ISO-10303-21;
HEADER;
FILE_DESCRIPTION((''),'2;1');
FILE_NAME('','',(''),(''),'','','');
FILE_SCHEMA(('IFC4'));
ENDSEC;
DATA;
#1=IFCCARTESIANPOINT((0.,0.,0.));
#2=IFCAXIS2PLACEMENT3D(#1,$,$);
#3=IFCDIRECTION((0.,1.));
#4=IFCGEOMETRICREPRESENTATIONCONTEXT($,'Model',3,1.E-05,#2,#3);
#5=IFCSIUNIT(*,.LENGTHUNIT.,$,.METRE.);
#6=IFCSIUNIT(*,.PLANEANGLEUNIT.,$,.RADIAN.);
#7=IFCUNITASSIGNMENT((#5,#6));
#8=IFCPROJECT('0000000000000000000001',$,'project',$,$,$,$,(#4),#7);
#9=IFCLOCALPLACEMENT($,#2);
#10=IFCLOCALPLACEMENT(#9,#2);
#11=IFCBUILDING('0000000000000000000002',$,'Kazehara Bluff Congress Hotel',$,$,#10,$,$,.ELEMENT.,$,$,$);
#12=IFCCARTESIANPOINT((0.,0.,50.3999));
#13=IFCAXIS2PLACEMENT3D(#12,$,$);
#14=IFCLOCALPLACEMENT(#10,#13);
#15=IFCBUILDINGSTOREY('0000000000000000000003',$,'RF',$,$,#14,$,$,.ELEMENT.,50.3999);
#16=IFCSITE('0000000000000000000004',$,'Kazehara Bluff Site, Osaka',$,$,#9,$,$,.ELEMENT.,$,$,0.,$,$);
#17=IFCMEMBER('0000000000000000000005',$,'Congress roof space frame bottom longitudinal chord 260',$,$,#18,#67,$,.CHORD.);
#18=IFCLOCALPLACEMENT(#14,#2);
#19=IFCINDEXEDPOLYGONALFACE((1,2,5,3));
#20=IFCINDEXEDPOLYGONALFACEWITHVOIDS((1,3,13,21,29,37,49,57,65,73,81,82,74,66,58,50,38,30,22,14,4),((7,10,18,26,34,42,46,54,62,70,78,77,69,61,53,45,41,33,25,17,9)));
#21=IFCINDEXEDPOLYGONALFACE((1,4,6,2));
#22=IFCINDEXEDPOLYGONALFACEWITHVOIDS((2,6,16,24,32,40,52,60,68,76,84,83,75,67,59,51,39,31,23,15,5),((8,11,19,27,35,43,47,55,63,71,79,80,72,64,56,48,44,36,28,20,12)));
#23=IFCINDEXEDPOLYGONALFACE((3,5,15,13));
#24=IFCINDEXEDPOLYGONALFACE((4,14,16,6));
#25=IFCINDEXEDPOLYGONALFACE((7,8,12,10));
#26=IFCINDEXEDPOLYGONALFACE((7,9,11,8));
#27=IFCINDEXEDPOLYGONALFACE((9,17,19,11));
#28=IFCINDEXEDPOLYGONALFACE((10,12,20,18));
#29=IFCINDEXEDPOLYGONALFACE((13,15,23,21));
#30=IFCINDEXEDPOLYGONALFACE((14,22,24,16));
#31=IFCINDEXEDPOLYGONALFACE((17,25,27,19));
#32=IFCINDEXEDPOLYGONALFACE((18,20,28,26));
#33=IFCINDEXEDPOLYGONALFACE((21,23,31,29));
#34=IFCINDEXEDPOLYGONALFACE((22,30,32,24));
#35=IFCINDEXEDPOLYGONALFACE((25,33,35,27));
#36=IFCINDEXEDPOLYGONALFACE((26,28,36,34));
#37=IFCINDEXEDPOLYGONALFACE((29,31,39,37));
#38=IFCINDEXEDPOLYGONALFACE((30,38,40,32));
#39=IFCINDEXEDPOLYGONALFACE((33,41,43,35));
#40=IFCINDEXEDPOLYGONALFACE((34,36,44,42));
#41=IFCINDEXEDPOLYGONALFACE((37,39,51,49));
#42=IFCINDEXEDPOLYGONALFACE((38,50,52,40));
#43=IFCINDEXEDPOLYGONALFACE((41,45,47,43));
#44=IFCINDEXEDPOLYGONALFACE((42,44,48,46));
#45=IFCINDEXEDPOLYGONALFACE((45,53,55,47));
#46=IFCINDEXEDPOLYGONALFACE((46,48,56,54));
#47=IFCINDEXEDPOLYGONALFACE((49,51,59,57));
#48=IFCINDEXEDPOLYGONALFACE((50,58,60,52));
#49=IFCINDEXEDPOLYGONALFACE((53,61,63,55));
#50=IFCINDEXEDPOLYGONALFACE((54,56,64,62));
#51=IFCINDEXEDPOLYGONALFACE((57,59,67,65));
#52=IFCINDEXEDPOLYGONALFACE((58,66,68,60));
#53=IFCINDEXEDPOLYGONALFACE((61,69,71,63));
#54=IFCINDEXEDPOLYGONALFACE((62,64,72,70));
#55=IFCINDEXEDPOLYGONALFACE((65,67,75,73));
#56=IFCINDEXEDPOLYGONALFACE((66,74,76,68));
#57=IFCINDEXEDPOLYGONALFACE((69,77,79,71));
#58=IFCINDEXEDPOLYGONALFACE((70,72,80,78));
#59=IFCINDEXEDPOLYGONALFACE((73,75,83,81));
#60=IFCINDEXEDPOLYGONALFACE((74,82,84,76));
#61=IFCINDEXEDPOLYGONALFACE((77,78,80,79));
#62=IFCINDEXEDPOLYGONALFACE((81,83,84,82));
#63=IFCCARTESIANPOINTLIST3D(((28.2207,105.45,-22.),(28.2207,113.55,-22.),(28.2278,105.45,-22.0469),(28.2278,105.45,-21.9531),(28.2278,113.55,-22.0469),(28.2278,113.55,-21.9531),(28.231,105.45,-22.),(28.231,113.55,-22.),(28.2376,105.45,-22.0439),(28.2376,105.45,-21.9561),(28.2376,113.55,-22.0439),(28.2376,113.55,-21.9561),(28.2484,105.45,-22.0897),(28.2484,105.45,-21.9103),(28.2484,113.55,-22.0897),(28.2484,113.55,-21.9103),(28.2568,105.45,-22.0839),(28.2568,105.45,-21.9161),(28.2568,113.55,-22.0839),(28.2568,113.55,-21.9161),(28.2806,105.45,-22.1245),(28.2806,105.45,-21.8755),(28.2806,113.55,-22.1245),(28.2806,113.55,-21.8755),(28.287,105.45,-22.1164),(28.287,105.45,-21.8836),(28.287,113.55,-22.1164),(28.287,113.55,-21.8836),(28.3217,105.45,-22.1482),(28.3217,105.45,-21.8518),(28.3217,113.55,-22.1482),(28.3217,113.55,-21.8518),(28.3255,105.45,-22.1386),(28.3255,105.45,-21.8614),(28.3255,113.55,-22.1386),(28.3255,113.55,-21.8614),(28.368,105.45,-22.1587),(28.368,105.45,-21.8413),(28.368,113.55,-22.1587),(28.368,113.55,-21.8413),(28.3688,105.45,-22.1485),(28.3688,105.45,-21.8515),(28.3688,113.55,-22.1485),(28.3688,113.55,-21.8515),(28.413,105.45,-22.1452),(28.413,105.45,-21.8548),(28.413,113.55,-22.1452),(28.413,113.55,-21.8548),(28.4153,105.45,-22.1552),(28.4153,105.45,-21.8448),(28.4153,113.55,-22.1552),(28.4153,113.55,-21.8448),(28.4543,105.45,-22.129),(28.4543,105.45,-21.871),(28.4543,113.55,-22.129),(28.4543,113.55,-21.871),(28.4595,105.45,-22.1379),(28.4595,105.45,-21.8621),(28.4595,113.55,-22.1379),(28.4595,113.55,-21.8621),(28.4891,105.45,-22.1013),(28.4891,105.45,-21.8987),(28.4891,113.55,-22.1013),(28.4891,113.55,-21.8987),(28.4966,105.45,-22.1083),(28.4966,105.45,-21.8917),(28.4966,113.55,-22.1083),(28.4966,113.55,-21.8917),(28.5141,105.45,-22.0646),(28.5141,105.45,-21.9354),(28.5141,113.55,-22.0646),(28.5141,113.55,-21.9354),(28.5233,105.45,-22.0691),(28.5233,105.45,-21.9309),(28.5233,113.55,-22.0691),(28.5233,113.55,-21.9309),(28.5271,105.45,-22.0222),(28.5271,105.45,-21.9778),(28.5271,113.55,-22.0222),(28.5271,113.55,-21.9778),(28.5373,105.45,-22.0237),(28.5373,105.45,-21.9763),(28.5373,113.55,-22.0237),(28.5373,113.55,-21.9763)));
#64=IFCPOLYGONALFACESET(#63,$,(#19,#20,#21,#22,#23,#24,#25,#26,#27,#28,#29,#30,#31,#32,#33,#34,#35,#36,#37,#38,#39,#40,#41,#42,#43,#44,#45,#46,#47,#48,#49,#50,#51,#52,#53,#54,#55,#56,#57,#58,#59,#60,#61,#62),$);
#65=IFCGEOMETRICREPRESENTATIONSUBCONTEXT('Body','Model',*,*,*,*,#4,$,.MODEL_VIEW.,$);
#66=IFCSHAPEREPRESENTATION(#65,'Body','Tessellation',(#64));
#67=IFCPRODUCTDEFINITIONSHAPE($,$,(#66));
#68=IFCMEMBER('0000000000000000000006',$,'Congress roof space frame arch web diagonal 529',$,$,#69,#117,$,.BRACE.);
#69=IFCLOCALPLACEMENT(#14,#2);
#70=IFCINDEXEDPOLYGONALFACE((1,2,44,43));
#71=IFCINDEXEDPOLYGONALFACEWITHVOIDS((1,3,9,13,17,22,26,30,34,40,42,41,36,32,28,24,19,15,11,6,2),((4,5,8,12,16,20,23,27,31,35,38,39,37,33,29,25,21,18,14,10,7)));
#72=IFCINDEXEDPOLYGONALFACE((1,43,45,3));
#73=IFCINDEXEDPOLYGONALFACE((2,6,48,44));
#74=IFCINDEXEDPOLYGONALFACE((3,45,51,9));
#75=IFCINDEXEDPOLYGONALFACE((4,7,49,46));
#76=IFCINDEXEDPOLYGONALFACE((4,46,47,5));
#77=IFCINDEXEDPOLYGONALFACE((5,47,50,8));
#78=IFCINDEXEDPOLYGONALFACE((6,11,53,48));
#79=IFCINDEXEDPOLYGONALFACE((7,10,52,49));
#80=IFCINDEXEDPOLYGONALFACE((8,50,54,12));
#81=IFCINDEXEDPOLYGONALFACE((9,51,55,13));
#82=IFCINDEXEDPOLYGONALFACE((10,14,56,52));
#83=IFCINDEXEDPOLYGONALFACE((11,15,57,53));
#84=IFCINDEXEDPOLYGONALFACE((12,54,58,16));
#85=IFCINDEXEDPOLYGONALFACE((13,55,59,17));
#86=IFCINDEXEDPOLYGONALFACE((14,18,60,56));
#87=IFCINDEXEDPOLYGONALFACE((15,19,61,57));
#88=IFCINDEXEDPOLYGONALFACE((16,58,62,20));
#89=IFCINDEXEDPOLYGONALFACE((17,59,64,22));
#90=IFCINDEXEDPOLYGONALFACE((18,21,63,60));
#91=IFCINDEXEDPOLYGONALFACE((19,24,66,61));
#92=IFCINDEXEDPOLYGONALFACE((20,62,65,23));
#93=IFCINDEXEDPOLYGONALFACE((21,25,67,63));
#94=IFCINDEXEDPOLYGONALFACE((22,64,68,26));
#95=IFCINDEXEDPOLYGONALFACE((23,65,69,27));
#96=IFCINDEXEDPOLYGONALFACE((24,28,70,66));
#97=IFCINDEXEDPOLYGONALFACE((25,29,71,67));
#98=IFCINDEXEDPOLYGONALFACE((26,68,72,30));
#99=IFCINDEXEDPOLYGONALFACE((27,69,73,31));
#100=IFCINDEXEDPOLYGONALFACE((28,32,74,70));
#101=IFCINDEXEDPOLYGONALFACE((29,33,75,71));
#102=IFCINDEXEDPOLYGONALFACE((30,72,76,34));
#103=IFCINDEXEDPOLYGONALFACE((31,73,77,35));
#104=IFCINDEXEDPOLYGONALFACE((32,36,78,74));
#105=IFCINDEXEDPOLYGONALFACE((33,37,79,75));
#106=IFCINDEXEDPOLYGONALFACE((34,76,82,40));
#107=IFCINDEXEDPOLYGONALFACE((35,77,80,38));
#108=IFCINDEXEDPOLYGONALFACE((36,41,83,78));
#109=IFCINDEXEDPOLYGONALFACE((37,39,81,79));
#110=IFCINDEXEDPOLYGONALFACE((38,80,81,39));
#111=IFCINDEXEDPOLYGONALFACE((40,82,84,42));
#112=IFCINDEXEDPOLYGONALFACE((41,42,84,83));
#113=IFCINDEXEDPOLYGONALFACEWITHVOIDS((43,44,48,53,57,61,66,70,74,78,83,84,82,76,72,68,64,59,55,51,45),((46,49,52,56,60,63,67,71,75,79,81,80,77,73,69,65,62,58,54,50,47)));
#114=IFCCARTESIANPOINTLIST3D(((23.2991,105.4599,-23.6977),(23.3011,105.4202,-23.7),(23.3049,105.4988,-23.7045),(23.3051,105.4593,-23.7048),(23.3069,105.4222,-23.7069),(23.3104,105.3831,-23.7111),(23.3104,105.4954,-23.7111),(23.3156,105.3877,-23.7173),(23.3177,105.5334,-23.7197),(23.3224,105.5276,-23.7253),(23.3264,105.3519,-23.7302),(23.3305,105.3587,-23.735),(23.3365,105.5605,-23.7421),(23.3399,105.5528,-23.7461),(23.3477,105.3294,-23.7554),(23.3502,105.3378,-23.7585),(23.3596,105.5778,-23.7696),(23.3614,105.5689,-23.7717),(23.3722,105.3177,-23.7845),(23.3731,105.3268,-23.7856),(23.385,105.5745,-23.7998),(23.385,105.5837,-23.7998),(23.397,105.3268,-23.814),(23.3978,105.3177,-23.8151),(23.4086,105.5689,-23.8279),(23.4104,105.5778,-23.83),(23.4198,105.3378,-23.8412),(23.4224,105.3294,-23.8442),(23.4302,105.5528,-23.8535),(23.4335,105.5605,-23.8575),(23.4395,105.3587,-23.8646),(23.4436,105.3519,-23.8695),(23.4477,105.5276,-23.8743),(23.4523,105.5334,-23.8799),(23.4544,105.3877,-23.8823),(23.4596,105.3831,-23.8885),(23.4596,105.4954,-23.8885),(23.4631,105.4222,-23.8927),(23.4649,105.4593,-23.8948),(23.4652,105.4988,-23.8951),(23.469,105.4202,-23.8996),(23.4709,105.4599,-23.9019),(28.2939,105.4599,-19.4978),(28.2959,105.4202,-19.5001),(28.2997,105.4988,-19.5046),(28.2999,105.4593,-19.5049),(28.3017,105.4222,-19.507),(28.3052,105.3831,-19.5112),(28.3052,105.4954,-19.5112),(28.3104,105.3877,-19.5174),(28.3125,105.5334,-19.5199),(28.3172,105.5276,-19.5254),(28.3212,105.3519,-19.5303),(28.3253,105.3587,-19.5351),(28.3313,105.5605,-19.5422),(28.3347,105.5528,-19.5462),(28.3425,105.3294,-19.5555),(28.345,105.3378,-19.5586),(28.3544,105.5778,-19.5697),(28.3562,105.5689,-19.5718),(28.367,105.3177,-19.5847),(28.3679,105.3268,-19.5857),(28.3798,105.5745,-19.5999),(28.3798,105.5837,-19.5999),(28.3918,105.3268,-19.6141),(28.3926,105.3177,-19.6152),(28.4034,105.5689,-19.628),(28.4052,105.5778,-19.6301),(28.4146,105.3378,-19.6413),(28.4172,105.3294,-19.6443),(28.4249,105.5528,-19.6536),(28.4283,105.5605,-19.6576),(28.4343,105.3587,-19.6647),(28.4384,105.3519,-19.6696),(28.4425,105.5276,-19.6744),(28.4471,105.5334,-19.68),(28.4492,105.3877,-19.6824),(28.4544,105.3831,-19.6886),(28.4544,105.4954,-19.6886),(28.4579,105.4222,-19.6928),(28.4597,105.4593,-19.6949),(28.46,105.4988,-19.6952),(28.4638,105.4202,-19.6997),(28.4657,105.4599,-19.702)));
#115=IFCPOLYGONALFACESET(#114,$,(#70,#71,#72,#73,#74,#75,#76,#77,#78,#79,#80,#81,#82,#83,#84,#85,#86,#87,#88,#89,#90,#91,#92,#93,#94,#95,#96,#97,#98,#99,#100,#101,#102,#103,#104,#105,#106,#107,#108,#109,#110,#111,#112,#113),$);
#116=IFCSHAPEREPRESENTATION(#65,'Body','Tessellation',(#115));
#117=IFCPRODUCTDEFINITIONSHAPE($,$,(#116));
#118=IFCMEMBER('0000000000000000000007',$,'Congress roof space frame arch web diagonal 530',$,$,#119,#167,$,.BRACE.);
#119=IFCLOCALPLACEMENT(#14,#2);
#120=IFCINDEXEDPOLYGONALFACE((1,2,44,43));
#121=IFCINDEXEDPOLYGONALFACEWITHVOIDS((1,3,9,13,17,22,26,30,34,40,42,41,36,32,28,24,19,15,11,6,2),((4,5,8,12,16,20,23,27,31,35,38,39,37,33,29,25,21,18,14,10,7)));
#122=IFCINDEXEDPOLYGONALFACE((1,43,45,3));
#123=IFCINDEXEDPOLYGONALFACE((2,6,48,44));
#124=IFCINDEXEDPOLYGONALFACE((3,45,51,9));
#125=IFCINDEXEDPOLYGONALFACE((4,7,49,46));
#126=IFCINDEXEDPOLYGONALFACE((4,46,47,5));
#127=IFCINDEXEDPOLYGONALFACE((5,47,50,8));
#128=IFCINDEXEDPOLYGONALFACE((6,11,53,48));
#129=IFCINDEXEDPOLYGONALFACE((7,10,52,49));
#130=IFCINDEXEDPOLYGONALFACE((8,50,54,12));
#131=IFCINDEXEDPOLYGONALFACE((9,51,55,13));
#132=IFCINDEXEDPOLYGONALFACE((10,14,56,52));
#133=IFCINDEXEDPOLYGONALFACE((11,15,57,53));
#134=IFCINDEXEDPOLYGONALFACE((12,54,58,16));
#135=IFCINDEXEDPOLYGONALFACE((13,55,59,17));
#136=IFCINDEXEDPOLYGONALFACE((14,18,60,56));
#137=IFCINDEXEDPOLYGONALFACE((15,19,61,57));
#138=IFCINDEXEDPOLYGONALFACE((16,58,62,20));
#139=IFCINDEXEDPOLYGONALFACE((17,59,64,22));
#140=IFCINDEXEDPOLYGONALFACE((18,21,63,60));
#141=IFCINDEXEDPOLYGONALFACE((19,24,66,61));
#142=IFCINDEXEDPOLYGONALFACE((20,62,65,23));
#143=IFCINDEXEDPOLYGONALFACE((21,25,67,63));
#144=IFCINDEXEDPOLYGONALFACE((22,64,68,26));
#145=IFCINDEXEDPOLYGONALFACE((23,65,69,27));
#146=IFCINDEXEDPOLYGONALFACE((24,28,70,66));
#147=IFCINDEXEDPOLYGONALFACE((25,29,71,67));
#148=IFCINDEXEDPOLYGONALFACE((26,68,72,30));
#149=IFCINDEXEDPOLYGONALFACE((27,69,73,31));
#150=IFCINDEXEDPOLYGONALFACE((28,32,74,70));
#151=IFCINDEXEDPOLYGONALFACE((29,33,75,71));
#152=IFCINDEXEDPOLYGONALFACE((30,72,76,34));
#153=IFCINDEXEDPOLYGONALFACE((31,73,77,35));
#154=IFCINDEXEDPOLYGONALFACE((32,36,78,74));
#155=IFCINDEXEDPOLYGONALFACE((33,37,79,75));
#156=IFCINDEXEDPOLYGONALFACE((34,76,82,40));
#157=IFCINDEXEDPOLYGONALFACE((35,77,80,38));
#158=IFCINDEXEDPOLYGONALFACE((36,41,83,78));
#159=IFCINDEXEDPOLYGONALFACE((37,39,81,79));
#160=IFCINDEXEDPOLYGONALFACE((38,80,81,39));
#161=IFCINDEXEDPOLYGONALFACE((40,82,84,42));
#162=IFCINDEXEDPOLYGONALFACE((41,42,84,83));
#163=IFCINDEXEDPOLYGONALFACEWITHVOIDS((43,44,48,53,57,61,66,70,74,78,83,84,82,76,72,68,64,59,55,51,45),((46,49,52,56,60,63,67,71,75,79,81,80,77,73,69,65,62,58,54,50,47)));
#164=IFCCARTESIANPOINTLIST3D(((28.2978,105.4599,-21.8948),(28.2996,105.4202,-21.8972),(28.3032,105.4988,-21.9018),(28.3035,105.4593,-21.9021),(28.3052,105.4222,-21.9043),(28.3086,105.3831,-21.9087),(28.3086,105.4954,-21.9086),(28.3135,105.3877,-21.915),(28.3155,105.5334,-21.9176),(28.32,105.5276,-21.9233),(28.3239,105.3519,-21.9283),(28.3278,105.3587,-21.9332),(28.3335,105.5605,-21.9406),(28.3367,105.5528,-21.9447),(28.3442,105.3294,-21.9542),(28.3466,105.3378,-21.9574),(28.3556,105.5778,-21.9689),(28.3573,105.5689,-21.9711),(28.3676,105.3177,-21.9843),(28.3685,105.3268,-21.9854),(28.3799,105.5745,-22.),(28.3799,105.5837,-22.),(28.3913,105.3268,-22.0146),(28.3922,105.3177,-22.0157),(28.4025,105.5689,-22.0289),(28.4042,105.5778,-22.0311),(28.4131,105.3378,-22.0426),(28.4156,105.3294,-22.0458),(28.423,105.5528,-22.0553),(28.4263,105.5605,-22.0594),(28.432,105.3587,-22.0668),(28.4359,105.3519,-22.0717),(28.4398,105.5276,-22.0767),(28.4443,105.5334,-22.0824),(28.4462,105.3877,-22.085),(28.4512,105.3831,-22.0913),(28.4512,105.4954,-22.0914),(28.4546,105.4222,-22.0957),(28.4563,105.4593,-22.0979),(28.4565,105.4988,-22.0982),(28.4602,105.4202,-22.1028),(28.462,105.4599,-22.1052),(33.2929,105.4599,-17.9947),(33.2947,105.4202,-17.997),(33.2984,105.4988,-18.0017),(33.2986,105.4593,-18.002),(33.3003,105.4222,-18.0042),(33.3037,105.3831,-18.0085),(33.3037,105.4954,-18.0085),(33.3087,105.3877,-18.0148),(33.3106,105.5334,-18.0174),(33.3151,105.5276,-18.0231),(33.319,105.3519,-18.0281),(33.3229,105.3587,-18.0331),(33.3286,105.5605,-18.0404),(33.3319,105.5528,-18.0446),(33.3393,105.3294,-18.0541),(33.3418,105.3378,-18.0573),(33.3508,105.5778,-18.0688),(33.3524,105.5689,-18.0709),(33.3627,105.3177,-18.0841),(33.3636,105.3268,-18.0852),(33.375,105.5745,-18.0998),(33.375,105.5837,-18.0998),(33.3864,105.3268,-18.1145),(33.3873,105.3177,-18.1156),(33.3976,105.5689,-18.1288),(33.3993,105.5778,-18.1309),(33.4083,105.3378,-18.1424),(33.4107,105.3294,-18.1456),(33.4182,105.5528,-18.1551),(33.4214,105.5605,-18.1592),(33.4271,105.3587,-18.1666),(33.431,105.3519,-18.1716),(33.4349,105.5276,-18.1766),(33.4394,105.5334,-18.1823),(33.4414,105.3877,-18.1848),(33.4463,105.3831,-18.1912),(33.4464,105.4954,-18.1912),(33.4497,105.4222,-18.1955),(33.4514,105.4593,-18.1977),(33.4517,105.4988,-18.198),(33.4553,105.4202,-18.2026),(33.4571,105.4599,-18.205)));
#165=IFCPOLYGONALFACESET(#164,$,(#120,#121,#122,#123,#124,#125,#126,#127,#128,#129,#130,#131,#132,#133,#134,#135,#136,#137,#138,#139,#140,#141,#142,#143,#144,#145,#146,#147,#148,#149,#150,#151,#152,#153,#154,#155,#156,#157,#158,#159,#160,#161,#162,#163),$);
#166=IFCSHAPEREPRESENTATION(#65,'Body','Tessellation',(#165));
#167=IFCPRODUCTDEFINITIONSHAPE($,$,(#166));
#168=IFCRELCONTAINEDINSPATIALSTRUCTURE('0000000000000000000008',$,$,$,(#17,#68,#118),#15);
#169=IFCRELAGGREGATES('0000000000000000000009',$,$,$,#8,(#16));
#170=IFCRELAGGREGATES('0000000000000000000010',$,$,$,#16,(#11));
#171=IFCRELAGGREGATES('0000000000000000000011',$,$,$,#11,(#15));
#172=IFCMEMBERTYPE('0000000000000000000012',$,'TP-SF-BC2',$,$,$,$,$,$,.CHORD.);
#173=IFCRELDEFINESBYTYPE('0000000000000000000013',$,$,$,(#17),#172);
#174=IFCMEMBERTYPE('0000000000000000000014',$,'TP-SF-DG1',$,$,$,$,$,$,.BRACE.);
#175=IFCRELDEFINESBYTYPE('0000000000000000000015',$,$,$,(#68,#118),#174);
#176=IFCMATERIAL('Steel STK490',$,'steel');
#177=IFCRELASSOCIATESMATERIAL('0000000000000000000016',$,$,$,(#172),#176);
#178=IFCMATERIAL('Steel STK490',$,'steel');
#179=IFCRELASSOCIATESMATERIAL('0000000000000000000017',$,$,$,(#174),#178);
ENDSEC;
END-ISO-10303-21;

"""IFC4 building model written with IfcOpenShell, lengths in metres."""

from ifc_helpers import new_model, si_unit, direction, frame, origin, origin_2d, place, context, subcontext, project, spatial, hollow_circle, extrude, material, material_profile, profile_set, type_object, element, save


model = new_model("IFC4")

# Units and contexts
model_context = context("Model", 3, precision=1e-05, world=origin(), true_north=direction((0.0, 1.0)))
body_context = subcontext(model_context, "Body", "Model", "MODEL_VIEW")
ifc_project = project(units=[si_unit("LENGTHUNIT", "METRE"), si_unit("PLANEANGLEUNIT", "RADIAN")], contexts=[model_context])

# Site, building, storey
site_placement = place(None, origin())
site = spatial("IfcSite", under=ifc_project, at=site_placement, Name="Kazehara Bluff Site, Osaka", CompositionType="ELEMENT", RefElevation=0.0)
building_placement = place(site_placement, origin())
building = spatial("IfcBuilding", under=site, at=building_placement, Name="Kazehara Bluff Congress Hotel", CompositionType="ELEMENT")
storey_placement = place(building_placement, frame((0.0, 0.0, 50.3999)))
storey = spatial("IfcBuildingStorey", under=building, at=storey_placement, Name="RF", CompositionType="ELEMENT", Elevation=50.3999)

# Members
ifc_material_1 = material(Name="Steel STK490", Category="steel")
ifc_material_profile_1 = material_profile(ifc_material_1, hollow_circle(Radius=0.1592, WallThickness=0.0103, at=origin_2d()))
ifc_profile_set_1 = profile_set([ifc_material_profile_1], Name="Steel STK490")
member_type_1 = type_object("IfcMemberType", Name="TP-SF-BC2", PredefinedType="CHORD", material=ifc_profile_set_1)
member_1_placement = place(storey_placement, frame((28.3799, 105.45, -22.0), z_axis=(0.0, 1.0, 0.0), x_axis=(-1.0, 0.0, 0.0)))
element("IfcMember", 1, at=member_1_placement, inside=storey, type_object=member_type_1, Name="Congress roof space frame bottom longitudinal chord 260", PredefinedType="CHORD", context=body_context, shape_type="SweptSolid", body=[
    extrude(hollow_circle(Radius=0.1592, WallThickness=0.0103, at=origin_2d()), origin(), (0.0, 0.0, 1.0), 8.1001),
])
ifc_material_2 = material(Name="Steel STK490", Category="steel")
ifc_material_profile_2 = material_profile(ifc_material_2, hollow_circle(Radius=0.1338, WallThickness=0.0093, at=origin_2d()))
ifc_profile_set_2 = profile_set([ifc_material_profile_2], Name="Steel STK490")
member_type_2 = type_object("IfcMemberType", Name="TP-SF-DG1", PredefinedType="BRACE", material=ifc_profile_set_2)
member_2_placement = place(storey_placement, frame((23.385, 105.45, -23.7998), z_axis=(0.765383, 0.0, 0.643575), x_axis=(0.0, 1.0, 0.0)))
element("IfcMember", 2, at=member_2_placement, inside=storey, type_object=member_type_2, Name="Congress roof space frame arch web diagonal 529", PredefinedType="BRACE", context=body_context, shape_type="SweptSolid", body=[
    extrude(hollow_circle(Radius=0.1338, WallThickness=0.0093, at=origin_2d()), origin(), (0.0, 0.0, 1.0), 6.5259),
])
member_3_placement = place(storey_placement, frame((28.3799, 105.45, -22.0), z_axis=(0.7882, 0.0, 0.61542), x_axis=(0.0, 1.0, 0.0)))
element("IfcMember", 3, at=member_3_placement, inside=storey, type_object=member_type_2, Name="Congress roof space frame arch web diagonal 530", PredefinedType="BRACE", context=body_context, shape_type="SweptSolid", body=[
    extrude(hollow_circle(Radius=0.1338, WallThickness=0.0093, at=origin_2d()), origin(), (0.0, 0.0, 1.0), 6.3374),
])

save(model, "model.ifc")
